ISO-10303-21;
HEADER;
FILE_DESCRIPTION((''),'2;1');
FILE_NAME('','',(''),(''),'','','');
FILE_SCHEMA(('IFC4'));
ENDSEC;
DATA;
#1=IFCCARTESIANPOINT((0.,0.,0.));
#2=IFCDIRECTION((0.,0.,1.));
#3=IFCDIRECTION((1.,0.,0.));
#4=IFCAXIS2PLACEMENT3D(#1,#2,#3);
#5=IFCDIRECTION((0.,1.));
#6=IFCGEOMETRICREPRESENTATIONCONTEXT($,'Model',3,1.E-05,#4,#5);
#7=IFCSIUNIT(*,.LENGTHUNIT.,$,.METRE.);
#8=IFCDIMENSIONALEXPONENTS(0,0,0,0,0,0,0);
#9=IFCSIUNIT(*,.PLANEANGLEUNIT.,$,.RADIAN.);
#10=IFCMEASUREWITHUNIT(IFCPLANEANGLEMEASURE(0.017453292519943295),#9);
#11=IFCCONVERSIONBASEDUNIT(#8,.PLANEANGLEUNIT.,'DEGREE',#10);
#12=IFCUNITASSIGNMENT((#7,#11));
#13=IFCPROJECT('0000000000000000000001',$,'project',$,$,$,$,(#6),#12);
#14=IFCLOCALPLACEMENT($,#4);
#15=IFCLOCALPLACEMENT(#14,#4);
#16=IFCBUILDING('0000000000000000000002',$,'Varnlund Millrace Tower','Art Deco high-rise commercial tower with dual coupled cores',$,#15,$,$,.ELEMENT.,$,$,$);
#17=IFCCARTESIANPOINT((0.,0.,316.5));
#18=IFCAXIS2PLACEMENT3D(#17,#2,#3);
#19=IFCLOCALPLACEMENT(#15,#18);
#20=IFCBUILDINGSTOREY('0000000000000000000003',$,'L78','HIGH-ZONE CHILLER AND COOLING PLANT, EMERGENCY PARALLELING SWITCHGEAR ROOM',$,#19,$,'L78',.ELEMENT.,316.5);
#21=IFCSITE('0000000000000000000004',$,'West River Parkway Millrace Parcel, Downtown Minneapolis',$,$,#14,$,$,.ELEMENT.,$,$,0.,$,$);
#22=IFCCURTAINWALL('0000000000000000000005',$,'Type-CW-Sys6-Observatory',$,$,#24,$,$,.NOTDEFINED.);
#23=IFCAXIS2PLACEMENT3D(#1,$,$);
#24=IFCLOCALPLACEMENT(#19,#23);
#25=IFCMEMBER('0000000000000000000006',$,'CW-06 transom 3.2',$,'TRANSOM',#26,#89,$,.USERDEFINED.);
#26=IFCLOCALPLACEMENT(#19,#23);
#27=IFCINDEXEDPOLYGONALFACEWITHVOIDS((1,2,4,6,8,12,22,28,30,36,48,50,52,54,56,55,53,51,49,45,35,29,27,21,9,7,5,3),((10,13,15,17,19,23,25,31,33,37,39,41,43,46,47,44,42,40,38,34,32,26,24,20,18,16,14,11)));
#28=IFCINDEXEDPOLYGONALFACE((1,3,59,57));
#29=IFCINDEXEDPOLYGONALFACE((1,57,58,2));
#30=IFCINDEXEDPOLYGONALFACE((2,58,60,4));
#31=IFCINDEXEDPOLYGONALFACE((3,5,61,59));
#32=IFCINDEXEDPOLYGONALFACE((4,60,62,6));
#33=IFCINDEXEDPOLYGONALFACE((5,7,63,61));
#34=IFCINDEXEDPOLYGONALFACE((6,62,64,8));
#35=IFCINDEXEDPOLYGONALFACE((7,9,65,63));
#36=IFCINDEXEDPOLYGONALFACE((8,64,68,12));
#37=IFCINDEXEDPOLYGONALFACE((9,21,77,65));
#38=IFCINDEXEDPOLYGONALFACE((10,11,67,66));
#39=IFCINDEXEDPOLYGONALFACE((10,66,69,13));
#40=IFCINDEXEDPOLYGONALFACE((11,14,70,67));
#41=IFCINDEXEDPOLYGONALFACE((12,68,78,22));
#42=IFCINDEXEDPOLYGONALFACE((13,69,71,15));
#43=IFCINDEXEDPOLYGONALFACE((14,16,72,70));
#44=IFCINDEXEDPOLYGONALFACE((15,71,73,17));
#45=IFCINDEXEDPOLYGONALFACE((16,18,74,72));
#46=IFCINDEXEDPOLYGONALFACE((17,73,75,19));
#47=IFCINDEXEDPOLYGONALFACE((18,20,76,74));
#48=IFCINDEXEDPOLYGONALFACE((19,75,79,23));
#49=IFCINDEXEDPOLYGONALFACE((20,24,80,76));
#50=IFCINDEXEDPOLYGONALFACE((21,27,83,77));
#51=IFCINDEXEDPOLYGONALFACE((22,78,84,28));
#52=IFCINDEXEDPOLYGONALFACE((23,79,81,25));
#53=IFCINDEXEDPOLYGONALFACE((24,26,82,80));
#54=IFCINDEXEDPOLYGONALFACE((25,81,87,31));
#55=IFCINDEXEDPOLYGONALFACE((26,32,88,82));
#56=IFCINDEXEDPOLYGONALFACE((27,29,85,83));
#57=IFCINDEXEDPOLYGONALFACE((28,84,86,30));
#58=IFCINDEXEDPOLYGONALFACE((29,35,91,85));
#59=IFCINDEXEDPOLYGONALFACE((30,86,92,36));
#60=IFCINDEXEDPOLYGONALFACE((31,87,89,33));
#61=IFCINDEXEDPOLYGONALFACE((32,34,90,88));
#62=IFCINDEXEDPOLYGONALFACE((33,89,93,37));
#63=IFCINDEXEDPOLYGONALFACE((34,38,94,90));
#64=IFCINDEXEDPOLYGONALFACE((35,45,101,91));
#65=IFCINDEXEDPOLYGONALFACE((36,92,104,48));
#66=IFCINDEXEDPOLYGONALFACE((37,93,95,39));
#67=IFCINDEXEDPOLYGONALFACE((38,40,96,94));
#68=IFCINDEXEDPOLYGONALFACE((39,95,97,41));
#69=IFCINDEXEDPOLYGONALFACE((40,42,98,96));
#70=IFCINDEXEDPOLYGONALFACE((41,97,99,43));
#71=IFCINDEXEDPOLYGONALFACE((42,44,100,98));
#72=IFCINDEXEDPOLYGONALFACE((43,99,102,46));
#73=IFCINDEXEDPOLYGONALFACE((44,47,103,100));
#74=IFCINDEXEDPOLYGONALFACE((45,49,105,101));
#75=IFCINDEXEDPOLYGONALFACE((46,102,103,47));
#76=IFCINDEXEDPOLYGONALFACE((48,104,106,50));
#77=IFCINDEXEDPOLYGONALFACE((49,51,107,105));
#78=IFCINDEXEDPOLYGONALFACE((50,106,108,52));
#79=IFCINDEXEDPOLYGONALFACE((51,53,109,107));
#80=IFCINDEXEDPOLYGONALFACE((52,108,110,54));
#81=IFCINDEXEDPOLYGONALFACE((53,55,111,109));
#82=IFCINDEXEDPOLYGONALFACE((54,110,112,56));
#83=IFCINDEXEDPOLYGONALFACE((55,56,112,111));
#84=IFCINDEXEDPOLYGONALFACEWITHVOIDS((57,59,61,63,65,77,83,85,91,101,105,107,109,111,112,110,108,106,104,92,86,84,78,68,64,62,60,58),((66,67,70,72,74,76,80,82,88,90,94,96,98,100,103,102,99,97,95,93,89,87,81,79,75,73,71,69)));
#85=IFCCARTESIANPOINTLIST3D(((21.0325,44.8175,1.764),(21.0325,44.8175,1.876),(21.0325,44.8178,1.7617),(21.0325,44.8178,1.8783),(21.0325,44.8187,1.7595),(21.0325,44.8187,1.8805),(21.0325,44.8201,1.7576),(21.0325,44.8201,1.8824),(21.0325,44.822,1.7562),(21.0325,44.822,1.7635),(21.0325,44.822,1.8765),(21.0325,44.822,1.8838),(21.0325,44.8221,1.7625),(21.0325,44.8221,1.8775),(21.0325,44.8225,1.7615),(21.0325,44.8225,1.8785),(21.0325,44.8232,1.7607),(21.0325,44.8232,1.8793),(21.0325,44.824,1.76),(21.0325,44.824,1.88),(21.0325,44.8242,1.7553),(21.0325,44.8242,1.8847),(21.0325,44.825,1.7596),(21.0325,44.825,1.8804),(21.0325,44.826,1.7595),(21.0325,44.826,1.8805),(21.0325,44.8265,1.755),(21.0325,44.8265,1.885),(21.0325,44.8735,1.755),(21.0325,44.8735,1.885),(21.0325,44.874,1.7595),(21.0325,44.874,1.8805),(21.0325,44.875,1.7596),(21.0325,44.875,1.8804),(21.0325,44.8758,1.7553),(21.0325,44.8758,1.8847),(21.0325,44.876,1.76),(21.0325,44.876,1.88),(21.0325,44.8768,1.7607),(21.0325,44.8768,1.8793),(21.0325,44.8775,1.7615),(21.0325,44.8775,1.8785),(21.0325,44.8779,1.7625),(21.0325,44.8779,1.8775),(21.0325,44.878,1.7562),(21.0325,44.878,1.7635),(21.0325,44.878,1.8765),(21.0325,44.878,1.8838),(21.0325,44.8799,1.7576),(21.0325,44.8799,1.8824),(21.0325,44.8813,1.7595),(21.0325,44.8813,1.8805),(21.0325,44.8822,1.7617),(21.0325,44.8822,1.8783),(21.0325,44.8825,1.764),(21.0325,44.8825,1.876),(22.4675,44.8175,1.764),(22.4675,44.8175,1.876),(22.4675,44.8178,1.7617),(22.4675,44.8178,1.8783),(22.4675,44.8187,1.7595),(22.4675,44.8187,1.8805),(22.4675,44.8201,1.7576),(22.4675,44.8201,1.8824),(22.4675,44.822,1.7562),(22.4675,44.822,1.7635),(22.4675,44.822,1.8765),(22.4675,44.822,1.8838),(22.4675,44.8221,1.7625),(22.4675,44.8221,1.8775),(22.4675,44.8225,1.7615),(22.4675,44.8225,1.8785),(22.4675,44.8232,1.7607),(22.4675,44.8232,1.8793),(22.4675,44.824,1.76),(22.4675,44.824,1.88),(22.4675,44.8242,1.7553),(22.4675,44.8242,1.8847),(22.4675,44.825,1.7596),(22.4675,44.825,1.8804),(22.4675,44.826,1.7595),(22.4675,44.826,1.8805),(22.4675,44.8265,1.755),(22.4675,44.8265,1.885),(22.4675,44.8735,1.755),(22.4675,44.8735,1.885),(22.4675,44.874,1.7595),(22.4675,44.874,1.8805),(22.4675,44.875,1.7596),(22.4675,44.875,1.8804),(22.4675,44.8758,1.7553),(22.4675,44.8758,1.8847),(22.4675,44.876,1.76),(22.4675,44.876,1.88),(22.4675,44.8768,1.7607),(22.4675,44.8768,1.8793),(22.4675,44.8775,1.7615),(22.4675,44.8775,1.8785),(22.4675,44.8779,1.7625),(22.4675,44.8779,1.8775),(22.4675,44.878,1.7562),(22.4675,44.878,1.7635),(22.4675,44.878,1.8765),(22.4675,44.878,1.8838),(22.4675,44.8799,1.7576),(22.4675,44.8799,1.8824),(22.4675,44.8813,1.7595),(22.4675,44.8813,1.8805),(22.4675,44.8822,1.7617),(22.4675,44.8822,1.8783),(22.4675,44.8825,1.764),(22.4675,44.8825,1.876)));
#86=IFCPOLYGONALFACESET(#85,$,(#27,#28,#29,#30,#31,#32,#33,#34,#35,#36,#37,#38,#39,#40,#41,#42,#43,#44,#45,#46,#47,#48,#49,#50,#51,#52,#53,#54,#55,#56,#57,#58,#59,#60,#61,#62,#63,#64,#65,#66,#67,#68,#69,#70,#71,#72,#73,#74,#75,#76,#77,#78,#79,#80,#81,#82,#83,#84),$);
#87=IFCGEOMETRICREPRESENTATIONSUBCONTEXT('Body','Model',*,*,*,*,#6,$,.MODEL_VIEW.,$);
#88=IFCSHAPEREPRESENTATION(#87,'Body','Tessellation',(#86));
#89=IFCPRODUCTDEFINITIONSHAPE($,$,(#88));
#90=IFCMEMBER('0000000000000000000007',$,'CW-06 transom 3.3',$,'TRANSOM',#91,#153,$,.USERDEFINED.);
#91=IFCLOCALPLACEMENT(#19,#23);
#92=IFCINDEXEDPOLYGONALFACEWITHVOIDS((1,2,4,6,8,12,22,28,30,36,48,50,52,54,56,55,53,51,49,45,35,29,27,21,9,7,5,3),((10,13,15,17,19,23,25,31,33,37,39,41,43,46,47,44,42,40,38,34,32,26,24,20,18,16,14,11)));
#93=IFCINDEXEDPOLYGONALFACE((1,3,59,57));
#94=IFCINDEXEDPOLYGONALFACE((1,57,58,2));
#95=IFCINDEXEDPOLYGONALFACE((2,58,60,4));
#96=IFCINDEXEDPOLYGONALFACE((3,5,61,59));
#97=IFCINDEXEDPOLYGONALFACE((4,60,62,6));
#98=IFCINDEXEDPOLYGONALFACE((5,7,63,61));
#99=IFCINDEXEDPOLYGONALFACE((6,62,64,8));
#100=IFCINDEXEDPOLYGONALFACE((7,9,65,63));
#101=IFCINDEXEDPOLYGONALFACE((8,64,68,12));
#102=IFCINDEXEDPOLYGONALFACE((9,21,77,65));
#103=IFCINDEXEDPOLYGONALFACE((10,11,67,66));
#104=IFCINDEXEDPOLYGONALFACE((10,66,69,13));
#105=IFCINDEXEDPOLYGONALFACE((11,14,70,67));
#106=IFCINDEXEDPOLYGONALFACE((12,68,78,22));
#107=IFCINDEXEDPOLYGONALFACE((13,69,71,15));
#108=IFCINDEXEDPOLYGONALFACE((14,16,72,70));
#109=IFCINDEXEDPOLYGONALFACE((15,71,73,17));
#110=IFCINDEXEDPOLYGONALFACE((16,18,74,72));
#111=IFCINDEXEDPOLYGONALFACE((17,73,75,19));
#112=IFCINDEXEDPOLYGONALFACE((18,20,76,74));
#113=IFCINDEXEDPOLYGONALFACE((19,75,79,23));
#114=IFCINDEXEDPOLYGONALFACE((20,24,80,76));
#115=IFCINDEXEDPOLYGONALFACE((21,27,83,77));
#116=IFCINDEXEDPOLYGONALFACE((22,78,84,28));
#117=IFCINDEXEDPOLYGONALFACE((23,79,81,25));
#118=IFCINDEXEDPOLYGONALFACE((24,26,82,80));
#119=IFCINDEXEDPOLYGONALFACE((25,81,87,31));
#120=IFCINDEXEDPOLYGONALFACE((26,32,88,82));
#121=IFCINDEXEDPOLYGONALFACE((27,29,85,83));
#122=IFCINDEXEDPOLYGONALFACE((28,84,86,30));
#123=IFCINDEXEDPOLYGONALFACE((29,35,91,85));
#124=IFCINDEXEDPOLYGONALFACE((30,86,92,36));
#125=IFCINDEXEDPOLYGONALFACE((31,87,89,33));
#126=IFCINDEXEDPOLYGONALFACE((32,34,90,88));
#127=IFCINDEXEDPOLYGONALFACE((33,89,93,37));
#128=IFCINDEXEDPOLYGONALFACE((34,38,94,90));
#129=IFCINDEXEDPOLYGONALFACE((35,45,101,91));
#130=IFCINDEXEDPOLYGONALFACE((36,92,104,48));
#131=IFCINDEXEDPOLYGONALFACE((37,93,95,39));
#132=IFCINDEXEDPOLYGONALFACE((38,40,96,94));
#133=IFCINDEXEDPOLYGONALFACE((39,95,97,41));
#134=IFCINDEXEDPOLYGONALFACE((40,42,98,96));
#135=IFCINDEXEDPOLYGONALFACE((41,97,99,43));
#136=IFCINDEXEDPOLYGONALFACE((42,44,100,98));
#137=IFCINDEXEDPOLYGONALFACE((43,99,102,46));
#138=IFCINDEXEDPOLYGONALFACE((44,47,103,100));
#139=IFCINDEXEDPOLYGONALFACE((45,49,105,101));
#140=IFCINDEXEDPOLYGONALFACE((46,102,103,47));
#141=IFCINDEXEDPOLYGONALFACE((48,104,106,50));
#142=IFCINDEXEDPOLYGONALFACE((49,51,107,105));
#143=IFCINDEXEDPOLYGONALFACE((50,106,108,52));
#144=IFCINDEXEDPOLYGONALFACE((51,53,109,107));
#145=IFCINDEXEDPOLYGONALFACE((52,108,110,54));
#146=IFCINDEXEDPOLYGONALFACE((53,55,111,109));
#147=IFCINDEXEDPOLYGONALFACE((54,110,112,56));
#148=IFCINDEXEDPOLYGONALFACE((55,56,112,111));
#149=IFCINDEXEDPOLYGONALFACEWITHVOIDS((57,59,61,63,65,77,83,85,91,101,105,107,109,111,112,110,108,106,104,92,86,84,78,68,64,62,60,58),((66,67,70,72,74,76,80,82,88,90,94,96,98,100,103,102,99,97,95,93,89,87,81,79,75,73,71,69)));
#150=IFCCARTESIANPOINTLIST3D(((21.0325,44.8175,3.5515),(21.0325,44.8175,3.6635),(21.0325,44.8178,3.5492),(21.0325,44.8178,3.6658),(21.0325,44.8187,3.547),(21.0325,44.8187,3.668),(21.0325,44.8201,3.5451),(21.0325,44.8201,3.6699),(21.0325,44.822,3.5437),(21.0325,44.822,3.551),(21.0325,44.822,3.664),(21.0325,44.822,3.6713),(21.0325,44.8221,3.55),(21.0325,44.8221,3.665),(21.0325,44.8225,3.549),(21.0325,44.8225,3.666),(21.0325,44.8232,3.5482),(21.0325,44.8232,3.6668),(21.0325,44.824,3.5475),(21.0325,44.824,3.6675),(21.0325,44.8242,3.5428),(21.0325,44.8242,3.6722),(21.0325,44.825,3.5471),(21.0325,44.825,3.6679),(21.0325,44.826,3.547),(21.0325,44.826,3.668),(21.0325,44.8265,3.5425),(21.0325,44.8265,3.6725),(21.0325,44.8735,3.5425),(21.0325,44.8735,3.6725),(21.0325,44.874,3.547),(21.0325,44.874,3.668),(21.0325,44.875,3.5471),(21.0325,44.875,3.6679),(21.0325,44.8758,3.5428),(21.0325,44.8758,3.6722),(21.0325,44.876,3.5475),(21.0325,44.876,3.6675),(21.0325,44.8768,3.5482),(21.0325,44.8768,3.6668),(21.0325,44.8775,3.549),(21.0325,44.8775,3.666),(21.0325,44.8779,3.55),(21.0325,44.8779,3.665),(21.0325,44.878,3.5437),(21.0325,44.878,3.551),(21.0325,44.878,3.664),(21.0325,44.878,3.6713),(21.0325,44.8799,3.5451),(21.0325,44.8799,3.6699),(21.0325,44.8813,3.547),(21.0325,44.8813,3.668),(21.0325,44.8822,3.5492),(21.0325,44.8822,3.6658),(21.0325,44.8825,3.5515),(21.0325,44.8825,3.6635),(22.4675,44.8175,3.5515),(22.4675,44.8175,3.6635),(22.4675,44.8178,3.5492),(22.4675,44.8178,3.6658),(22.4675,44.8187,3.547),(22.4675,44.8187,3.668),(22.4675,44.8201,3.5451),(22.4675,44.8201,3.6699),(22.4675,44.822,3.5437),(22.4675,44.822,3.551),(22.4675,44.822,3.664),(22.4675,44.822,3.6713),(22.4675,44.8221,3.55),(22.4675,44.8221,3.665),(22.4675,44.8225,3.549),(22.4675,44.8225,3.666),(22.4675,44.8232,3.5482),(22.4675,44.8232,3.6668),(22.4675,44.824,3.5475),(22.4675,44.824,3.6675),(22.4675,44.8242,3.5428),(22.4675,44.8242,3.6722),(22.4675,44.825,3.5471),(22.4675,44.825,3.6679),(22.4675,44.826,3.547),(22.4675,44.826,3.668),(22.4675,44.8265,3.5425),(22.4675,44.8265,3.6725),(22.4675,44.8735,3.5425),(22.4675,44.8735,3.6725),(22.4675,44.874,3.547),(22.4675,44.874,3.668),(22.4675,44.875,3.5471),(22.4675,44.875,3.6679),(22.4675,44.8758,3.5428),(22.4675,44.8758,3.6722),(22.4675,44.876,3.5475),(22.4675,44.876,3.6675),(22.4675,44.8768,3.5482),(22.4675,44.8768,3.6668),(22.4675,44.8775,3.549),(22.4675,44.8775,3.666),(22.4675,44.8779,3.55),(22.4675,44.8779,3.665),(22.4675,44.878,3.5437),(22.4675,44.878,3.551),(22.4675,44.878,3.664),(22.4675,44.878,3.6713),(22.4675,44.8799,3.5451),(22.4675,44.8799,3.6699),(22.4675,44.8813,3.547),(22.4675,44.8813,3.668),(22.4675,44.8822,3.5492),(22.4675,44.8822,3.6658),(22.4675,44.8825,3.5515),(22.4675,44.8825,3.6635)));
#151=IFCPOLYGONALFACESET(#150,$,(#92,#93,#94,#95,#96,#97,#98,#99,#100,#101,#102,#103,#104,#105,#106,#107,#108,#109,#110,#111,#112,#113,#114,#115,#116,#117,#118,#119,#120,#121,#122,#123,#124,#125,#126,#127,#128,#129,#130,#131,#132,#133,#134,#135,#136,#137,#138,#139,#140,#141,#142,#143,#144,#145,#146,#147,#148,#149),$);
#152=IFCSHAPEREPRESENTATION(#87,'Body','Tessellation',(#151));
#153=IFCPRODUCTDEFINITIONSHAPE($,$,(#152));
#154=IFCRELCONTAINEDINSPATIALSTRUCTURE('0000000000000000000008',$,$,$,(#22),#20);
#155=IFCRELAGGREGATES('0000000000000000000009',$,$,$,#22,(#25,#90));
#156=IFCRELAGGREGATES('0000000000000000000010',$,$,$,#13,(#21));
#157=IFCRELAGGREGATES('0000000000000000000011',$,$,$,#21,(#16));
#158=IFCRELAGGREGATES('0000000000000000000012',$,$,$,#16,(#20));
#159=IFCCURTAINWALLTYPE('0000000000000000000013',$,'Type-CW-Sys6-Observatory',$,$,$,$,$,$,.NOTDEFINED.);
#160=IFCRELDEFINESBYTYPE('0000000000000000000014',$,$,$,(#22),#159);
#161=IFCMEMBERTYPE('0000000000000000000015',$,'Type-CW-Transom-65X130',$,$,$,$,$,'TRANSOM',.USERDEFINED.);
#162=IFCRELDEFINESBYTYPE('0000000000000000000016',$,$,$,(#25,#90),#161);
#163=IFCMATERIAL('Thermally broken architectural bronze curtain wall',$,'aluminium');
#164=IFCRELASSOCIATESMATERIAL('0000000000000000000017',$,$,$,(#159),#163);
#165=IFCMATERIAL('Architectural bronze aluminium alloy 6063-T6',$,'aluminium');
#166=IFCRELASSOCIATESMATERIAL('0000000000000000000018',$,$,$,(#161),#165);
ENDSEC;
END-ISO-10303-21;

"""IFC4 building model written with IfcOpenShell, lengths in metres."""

from ifc_helpers import new_model, entity, si_unit, converted_unit, direction, frame, origin_with_axes, origin_2d_with_axis, place, context, subcontext, project, spatial, hollow_rectangle, extrude, material, material_profile, profile_set, type_object, element, aggregate, save


model = new_model("IFC4")

# Units and contexts
model_context = context("Model", 3, precision=1e-05, world=origin_with_axes(), true_north=direction((0.0, 1.0)))
body_context = subcontext(model_context, "Body", "Model", "MODEL_VIEW")
ifc_project = project(units=[si_unit("LENGTHUNIT", "METRE"), converted_unit("PLANEANGLEUNIT", "DEGREE", entity("IfcPlaneAngleMeasure", 0.017453292519943295), si_unit("PLANEANGLEUNIT", "RADIAN"), dimensions=[0, 0, 0, 0, 0, 0, 0])], contexts=[model_context])

# Site, building, storey
site_placement = place(None, origin_with_axes())
site = spatial("IfcSite", under=ifc_project, at=site_placement, Name="West River Parkway Millrace Parcel, Downtown Minneapolis", CompositionType="ELEMENT", RefElevation=0.0)
building_placement = place(site_placement, origin_with_axes())
building = spatial("IfcBuilding", under=site, at=building_placement, Name="Varnlund Millrace Tower", Description="Art Deco high-rise commercial tower with dual coupled cores", CompositionType="ELEMENT")
storey_placement = place(building_placement, frame((0.0, 0.0, 316.5), z_axis=(0.0, 0.0, 1.0), x_axis=(1.0, 0.0, 0.0)))
storey = spatial("IfcBuildingStorey", under=building, at=storey_placement, Name="L78", Description="HIGH-ZONE CHILLER AND COOLING PLANT, EMERGENCY PARALLELING SWITCHGEAR ROOM", LongName="L78", CompositionType="ELEMENT", Elevation=316.5)

# Curtain wall, members
ifc_material_1 = material(Name="Thermally broken architectural bronze curtain wall", Category="aluminium")
curtain_wall_type = type_object("IfcCurtainWallType", Name="Type-CW-Sys6-Observatory", PredefinedType="NOTDEFINED", material=ifc_material_1)
ifc_material_2 = material(Name="Architectural bronze aluminium alloy 6063-T6", Category="aluminium")
ifc_material_profile_1 = material_profile(ifc_material_2, hollow_rectangle(XDim=0.065, YDim=0.13, WallThickness=0.0045, InnerFilletRadius=0.004, OuterFilletRadius=0.009, at=origin_2d_with_axis()), Name="Architectural bronze aluminium alloy 6063-T6")
ifc_profile_set_1 = profile_set([ifc_material_profile_1], Name="Architectural bronze aluminium alloy 6063-T6")
member_type = type_object("IfcMemberType", Name="Type-CW-Transom-65X130", ElementType="TRANSOM", PredefinedType="USERDEFINED", material=ifc_profile_set_1)
curtain_wall_1_placement = place(storey_placement, frame((18.0, 44.85, 0.0), z_axis=(0.0, 0.0, 1.0), x_axis=(1.0, 0.0, 0.0)))
curtain_wall_1 = element("IfcCurtainWall", 1, at=curtain_wall_1_placement, inside=storey, type_object=curtain_wall_type, Name="Type-CW-Sys6-Observatory", PredefinedType="NOTDEFINED")
member_1_placement = place(storey_placement, frame((21.0325, 44.85, 1.82), z_axis=(1.0, 0.0, 0.0), x_axis=(0.0, 1.0, 0.0)))
member_1 = element("IfcMember", 2, at=member_1_placement, type_object=member_type, Name="CW-06 transom 3.2", ObjectType="TRANSOM", PredefinedType="USERDEFINED", context=body_context, shape_type="SweptSolid", body=[
    extrude(hollow_rectangle(XDim=0.065, YDim=0.13, WallThickness=0.0045, InnerFilletRadius=0.004, OuterFilletRadius=0.009, at=origin_2d_with_axis()), origin_with_axes(), (0.0, 0.0, 1.0), 1.435),
])
member_2_placement = place(storey_placement, frame((21.0325, 44.85, 3.6075), z_axis=(1.0, 0.0, 0.0), x_axis=(0.0, 1.0, 0.0)))
member_2 = element("IfcMember", 3, at=member_2_placement, type_object=member_type, Name="CW-06 transom 3.3", ObjectType="TRANSOM", PredefinedType="USERDEFINED", context=body_context, shape_type="SweptSolid", body=[
    extrude(hollow_rectangle(XDim=0.065, YDim=0.13, WallThickness=0.0045, InnerFilletRadius=0.004, OuterFilletRadius=0.009, at=origin_2d_with_axis()), origin_with_axes(), (0.0, 0.0, 1.0), 1.435),
])

aggregate(curtain_wall_1, [member_1, member_2])

save(model, "model.ifc")
